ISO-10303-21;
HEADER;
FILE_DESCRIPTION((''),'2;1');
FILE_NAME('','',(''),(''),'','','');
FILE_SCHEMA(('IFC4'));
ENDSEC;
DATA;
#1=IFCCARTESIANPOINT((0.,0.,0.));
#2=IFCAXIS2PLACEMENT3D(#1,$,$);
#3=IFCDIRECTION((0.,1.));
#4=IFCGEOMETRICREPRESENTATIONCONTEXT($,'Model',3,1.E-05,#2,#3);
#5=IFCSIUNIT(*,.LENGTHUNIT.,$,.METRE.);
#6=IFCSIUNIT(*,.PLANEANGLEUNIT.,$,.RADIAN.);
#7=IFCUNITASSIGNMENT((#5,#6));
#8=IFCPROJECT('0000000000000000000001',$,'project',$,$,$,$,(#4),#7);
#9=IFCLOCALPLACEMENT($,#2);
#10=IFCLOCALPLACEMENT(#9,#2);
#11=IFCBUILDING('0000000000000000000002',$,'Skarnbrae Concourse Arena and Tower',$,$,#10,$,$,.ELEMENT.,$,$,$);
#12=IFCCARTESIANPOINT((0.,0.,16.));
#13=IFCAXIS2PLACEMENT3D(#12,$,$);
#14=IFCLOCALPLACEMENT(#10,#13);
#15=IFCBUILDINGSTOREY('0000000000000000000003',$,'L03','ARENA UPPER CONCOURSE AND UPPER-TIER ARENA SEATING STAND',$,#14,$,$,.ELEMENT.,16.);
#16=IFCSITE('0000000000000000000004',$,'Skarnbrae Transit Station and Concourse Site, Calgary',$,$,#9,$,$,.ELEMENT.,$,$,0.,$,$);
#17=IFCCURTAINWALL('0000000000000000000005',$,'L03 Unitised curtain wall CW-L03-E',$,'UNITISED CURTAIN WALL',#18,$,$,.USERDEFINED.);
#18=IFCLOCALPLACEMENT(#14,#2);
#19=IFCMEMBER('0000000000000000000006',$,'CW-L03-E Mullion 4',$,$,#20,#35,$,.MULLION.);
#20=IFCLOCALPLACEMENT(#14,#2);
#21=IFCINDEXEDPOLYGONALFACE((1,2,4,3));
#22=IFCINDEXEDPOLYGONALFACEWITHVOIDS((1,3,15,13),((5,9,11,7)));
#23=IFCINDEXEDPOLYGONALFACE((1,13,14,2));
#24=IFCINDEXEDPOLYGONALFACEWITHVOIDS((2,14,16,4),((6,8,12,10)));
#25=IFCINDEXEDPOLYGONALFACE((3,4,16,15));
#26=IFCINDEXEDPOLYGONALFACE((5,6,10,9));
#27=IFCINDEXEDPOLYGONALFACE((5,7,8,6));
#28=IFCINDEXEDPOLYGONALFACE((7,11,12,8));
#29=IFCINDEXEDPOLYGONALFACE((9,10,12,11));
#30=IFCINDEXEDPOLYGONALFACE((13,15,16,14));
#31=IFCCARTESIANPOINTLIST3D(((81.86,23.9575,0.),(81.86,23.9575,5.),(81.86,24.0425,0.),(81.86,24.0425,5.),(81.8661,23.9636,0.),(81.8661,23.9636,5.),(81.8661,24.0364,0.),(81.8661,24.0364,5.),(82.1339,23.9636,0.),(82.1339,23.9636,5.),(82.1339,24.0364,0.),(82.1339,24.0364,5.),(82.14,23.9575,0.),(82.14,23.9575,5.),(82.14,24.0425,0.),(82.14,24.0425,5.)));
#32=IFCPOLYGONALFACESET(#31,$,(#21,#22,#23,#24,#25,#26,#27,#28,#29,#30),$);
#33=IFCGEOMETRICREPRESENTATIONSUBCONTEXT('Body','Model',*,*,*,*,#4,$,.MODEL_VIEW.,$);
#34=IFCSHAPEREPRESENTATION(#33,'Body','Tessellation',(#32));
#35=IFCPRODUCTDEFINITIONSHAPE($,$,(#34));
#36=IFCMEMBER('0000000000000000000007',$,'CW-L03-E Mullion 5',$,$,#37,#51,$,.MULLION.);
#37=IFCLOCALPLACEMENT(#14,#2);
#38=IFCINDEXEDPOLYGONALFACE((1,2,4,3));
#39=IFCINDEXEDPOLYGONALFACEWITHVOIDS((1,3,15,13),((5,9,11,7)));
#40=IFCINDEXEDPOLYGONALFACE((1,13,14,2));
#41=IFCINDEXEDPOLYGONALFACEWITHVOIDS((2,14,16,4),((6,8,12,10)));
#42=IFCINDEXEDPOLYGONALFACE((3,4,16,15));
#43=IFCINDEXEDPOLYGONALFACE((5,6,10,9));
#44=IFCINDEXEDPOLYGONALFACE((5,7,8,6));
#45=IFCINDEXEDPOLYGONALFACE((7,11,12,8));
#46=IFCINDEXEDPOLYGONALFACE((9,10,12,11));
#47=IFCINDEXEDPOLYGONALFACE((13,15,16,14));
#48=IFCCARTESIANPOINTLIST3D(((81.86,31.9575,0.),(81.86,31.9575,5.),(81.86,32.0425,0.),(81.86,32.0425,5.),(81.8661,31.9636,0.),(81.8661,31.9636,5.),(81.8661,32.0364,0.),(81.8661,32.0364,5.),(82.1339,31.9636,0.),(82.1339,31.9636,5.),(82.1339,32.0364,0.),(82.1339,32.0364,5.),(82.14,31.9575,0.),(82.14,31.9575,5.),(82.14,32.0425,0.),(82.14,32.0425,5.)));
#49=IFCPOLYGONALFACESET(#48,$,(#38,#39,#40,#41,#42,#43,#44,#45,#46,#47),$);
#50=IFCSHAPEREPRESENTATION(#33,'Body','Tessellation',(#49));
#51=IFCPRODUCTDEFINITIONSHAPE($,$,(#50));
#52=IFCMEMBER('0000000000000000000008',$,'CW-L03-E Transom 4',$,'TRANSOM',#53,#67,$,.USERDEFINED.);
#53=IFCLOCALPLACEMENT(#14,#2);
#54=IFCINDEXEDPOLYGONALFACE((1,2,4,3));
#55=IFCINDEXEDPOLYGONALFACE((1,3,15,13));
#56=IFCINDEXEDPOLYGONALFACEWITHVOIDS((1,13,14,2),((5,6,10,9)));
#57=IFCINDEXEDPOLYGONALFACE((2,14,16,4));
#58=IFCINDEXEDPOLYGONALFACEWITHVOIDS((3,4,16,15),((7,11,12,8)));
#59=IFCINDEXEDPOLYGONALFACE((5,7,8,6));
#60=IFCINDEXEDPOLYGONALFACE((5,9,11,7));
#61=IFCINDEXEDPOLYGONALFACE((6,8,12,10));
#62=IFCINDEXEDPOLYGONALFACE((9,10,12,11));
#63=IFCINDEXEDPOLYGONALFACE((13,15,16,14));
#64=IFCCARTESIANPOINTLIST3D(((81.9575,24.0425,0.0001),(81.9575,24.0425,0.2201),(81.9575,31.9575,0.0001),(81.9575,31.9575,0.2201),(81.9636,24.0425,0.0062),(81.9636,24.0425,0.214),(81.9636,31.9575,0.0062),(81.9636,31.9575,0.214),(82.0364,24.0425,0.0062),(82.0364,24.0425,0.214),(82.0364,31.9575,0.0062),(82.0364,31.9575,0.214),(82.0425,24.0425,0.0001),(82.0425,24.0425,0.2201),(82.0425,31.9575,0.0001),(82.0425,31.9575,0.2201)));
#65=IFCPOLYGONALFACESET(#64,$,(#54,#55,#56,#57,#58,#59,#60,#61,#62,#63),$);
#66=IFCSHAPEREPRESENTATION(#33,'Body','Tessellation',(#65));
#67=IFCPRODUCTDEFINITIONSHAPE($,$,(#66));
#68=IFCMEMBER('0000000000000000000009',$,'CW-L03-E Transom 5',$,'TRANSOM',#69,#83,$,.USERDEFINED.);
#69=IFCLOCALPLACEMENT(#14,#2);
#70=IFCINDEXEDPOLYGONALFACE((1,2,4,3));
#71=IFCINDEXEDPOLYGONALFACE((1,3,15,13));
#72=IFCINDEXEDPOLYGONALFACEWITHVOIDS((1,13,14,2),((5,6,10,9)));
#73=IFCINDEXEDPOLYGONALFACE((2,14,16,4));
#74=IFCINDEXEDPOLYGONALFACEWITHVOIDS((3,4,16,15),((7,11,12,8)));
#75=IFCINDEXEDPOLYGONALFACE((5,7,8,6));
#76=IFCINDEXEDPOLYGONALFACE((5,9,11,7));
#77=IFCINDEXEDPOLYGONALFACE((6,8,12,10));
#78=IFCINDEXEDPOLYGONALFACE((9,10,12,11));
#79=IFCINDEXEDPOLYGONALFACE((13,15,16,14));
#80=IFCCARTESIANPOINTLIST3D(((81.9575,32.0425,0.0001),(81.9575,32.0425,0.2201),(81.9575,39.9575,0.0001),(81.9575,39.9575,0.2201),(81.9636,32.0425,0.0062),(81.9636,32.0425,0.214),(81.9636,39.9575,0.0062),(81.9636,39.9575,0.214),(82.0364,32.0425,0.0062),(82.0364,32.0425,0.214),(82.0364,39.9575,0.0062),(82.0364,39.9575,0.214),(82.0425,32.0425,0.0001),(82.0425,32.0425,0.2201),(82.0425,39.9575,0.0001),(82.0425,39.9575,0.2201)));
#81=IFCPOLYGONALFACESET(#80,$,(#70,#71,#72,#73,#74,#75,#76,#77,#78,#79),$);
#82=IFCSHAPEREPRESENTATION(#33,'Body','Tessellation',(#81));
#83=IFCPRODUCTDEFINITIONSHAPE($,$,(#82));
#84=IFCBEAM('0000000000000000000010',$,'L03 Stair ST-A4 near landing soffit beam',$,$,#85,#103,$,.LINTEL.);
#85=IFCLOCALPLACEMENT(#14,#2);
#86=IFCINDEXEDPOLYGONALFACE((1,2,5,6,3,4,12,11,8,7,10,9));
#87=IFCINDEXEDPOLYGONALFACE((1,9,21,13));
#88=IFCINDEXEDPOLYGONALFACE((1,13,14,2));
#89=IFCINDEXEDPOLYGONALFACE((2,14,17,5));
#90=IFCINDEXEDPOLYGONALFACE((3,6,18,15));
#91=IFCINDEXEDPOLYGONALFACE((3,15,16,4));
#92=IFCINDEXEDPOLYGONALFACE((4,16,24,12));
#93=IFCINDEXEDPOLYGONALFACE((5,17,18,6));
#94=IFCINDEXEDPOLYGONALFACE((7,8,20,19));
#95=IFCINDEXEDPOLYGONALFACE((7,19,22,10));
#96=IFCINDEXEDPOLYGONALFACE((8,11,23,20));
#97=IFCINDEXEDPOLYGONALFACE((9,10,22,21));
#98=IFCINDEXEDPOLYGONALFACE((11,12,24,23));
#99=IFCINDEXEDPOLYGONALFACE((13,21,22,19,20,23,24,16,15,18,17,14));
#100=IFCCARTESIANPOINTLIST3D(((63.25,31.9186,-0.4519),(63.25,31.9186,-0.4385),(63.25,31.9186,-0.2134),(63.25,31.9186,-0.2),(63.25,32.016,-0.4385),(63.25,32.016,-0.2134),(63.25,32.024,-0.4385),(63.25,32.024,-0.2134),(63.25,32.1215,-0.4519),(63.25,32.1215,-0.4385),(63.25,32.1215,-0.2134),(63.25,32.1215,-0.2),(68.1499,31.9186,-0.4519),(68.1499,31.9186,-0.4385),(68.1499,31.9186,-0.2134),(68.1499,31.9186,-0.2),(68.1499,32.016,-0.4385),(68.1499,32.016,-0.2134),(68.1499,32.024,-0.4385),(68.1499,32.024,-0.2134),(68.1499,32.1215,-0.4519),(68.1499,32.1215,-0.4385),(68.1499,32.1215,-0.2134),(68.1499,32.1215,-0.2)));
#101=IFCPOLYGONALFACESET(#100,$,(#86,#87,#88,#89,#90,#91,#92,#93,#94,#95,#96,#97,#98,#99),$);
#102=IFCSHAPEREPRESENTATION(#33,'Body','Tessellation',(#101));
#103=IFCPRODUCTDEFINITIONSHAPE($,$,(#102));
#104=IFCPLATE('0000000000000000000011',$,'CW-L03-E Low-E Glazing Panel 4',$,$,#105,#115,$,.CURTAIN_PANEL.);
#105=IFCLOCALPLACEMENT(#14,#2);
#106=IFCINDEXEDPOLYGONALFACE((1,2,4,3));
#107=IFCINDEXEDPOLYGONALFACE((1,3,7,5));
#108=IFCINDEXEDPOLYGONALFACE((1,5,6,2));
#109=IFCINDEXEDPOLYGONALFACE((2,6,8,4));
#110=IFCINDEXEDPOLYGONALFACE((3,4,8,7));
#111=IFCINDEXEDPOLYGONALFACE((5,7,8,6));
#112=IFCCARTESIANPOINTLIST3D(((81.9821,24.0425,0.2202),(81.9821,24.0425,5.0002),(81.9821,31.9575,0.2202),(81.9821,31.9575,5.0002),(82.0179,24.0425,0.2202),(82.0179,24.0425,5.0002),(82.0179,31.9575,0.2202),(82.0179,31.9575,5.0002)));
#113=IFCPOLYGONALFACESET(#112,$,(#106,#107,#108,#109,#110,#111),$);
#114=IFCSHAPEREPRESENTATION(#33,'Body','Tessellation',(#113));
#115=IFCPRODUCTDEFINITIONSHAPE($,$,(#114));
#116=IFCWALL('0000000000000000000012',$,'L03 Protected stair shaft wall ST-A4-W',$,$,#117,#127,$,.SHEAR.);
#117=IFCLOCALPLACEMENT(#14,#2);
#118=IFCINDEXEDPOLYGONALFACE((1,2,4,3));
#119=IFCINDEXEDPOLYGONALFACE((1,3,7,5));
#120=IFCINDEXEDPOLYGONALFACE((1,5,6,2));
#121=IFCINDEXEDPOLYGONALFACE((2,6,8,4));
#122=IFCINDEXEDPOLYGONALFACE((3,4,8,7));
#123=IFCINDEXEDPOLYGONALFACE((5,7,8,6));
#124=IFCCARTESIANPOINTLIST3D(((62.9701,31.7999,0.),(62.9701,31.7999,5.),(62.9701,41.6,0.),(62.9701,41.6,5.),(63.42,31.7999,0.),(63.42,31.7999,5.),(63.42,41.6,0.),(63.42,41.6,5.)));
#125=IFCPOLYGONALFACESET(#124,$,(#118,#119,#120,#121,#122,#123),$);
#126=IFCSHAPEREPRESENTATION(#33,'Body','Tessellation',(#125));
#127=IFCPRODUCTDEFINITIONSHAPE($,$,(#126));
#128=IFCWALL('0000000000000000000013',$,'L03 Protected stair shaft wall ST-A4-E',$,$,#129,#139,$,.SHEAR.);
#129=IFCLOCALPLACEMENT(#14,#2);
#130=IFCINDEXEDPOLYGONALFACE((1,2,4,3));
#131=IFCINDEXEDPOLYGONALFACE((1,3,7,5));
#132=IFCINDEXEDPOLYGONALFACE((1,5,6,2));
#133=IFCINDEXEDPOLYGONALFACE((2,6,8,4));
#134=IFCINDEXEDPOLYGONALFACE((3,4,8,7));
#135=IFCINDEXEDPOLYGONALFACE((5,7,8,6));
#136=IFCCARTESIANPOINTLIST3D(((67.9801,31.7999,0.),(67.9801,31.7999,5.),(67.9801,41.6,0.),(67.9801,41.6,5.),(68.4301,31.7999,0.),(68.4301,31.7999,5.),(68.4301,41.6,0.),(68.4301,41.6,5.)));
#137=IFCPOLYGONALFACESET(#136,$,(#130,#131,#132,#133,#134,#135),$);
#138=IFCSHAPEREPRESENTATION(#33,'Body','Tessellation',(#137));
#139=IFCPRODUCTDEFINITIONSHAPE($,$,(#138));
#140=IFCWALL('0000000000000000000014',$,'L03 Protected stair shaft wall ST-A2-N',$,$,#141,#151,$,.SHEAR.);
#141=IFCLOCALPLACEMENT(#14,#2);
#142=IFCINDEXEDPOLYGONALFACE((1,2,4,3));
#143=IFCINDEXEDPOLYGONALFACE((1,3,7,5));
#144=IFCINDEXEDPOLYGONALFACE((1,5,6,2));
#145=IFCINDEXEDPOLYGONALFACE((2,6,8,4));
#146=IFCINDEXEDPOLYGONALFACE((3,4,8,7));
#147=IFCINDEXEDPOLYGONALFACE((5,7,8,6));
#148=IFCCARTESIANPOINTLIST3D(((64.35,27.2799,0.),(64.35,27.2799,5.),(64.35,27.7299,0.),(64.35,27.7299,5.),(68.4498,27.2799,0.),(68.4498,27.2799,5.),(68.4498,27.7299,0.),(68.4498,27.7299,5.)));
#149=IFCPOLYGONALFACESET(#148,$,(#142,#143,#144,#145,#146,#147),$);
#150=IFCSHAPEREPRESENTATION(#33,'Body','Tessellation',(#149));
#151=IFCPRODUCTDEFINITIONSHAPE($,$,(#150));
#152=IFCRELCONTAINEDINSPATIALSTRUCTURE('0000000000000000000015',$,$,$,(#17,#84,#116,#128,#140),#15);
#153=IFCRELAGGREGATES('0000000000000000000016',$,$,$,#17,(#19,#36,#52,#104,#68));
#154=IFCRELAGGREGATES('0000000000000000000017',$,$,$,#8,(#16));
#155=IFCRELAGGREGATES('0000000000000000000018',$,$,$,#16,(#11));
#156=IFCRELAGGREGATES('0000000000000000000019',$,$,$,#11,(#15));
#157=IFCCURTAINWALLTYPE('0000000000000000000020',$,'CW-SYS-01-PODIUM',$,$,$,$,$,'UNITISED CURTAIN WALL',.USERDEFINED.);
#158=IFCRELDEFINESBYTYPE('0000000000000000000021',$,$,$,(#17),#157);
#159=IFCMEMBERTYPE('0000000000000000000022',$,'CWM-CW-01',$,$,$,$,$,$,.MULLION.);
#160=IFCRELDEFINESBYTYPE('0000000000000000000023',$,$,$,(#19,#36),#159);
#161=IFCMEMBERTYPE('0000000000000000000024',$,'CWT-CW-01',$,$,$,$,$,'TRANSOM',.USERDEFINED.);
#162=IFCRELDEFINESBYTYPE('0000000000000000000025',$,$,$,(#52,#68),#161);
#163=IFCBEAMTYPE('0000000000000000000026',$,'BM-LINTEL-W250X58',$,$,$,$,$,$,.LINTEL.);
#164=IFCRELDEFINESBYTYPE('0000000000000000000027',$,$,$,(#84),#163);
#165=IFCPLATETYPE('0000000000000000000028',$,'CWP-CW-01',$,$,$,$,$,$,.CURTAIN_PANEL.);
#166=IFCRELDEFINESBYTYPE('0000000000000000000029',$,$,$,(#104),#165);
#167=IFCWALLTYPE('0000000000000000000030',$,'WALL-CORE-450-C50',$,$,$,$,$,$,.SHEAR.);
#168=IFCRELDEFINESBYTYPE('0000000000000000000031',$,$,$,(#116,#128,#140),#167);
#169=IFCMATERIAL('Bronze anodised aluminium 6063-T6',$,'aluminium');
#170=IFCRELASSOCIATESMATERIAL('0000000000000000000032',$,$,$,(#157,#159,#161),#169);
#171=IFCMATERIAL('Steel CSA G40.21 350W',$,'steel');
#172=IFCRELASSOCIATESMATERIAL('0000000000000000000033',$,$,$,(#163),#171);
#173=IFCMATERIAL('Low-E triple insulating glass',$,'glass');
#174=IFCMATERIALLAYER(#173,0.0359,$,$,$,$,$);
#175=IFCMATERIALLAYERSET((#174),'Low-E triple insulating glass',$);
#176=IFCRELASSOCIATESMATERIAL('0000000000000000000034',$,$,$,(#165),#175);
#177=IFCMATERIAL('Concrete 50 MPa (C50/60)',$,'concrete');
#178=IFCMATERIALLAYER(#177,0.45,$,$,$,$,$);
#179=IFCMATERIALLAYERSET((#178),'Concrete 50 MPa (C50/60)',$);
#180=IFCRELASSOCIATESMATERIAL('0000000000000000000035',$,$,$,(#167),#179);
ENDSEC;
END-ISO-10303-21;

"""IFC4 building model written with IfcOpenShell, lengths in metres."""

from ifc_helpers import new_model, si_unit, direction, frame, frame_2d, origin, origin_2d, place, context, subcontext, project, spatial, rectangle, hollow_rectangle, i_section, extrude, source, transform, mapped, material, layer, layer_set, material_profile, profile_set, type_object, element, aggregate, save


model = new_model("IFC4")

# Units and contexts
model_context = context("Model", 3, precision=1e-05, world=origin(), true_north=direction((0.0, 1.0)))
body_context = subcontext(model_context, "Body", "Model", "MODEL_VIEW")
ifc_project = project(units=[si_unit("LENGTHUNIT", "METRE"), si_unit("PLANEANGLEUNIT", "RADIAN")], contexts=[model_context])

# Site, building, storey
site_placement = place(None, origin())
site = spatial("IfcSite", under=ifc_project, at=site_placement, Name="Skarnbrae Transit Station and Concourse Site, Calgary", CompositionType="ELEMENT", RefElevation=0.0)
building_placement = place(site_placement, origin())
building = spatial("IfcBuilding", under=site, at=building_placement, Name="Skarnbrae Concourse Arena and Tower", CompositionType="ELEMENT")
storey_placement = place(building_placement, frame((0.0, 0.0, 16.0)))
storey = spatial("IfcBuildingStorey", under=building, at=storey_placement, Name="L03", Description="ARENA UPPER CONCOURSE AND UPPER-TIER ARENA SEATING STAND", CompositionType="ELEMENT", Elevation=16.0)

# Shared definitions
ifc_material_1 = material(Name="Steel CSA G40.21 350W", Category="steel")

# Curtain wall, members
ifc_material_2 = material(Name="Bronze anodised aluminium 6063-T6", Category="aluminium")
curtain_wall_type = type_object("IfcCurtainWallType", Name="CW-SYS-01-PODIUM", ElementType="UNITISED CURTAIN WALL", PredefinedType="USERDEFINED", material=ifc_material_2)
curtain_wall_placement = place(storey_placement, origin())
curtain_wall = element("IfcCurtainWall", 1, at=curtain_wall_placement, inside=storey, type_object=curtain_wall_type, Name="L03 Unitised curtain wall CW-L03-E", ObjectType="UNITISED CURTAIN WALL", PredefinedType="USERDEFINED")
ifc_material_profile_1 = material_profile(ifc_material_2, hollow_rectangle(XDim=0.085, YDim=0.28, WallThickness=0.0061, at=origin_2d()), Name="ALU-MULL-85X280")
ifc_profile_set_1 = profile_set([ifc_material_profile_1], Name="Bronze anodised aluminium 6063-T6")
member_type_1 = type_object("IfcMemberType", Name="CWM-CW-01", PredefinedType="MULLION", material=ifc_profile_set_1)
shared_shape_1 = source(origin(), body_context, "Body", "SweptSolid", [
    extrude(hollow_rectangle(XDim=0.085, YDim=0.28, WallThickness=0.0061, at=origin_2d()), origin(), (0.0, 0.0, 1.0), 5.0),
])
member_1_placement = place(storey_placement, frame((82.0, 24.0, 0.0), z_axis=(0.0, 0.0, 1.0), x_axis=(0.0, 1.0, 0.0)))
member_1 = element("IfcMember", 2, at=member_1_placement, type_object=member_type_1, Name="CW-L03-E Mullion 4", PredefinedType="MULLION", context=body_context, shape_type="MappedRepresentation", body=[
    mapped(shared_shape_1, transform((0.0, 0.0, 0.0))),
])
member_2_placement = place(storey_placement, frame((82.0, 32.0, 0.0), z_axis=(0.0, 0.0, 1.0), x_axis=(0.0, 1.0, 0.0)))
member_2 = element("IfcMember", 3, at=member_2_placement, type_object=member_type_1, Name="CW-L03-E Mullion 5", PredefinedType="MULLION", context=body_context, shape_type="MappedRepresentation", body=[
    mapped(shared_shape_1, transform((0.0, 0.0, 0.0))),
])
ifc_material_profile_2 = material_profile(ifc_material_2, hollow_rectangle(XDim=0.085, YDim=0.22, WallThickness=0.0061, at=origin_2d()), Name="ALU-TRAN-85X220")
ifc_profile_set_2 = profile_set([ifc_material_profile_2], Name="Bronze anodised aluminium 6063-T6")
member_type_2 = type_object("IfcMemberType", Name="CWT-CW-01", ElementType="TRANSOM", PredefinedType="USERDEFINED", material=ifc_profile_set_2)
shared_shape_2 = source(origin(), body_context, "Body", "SweptSolid", [
    extrude(hollow_rectangle(XDim=0.085, YDim=0.22, WallThickness=0.0061, at=origin_2d()), origin(), (0.0, 0.0, 1.0), 7.915),
])
member_3_placement = place(storey_placement, frame((82.0, 24.0425, 0.1101), z_axis=(0.0, 1.0, 0.0), x_axis=(-1.0, 0.0, 0.0)))
member_3 = element("IfcMember", 4, at=member_3_placement, type_object=member_type_2, Name="CW-L03-E Transom 4", ObjectType="TRANSOM", PredefinedType="USERDEFINED", context=body_context, shape_type="MappedRepresentation", body=[
    mapped(shared_shape_2, transform((0.0, 0.0, 0.0))),
])
member_4_placement = place(storey_placement, frame((82.0, 32.0425, 0.1101), z_axis=(0.0, 1.0, 0.0), x_axis=(-1.0, 0.0, 0.0)))
member_4 = element("IfcMember", 5, at=member_4_placement, type_object=member_type_2, Name="CW-L03-E Transom 5", ObjectType="TRANSOM", PredefinedType="USERDEFINED", context=body_context, shape_type="MappedRepresentation", body=[
    mapped(shared_shape_2, transform((0.0, 0.0, 0.0))),
])

# Beam
ifc_material_profile_3 = material_profile(ifc_material_1, i_section(OverallWidth=0.2029, OverallDepth=0.252, WebThickness=0.0081, FlangeThickness=0.0134, at=origin_2d()), Name="W250X58")
ifc_profile_set_3 = profile_set([ifc_material_profile_3], Name="Steel CSA G40.21 350W")
beam_type_1 = type_object("IfcBeamType", Name="BM-LINTEL-W250X58", PredefinedType="LINTEL", material=ifc_profile_set_3)
shared_shape_3 = source(origin(), body_context, "Body", "SweptSolid", [
    extrude(i_section(OverallWidth=0.2029, OverallDepth=0.252, WebThickness=0.0081, FlangeThickness=0.0134, at=origin_2d()), origin(), (0.0, 0.0, 1.0), 4.8999),
])
beam_1_placement = place(storey_placement, frame((68.1499, 32.02, -0.3259), z_axis=(-1.0, 0.0, 0.0), x_axis=(0.0, -1.0, 0.0)))
element("IfcBeam", 6, at=beam_1_placement, inside=storey, type_object=beam_type_1, Name="L03 Stair ST-A4 near landing soffit beam", PredefinedType="LINTEL", context=body_context, shape_type="MappedRepresentation", body=[
    mapped(shared_shape_3, transform((0.0, 0.0, 0.0))),
])

# Plate
ifc_material_3 = material(Name="Low-E triple insulating glass", Category="glass")
ifc_layer_1 = layer(ifc_material_3, 0.0359)
ifc_layer_set_1 = layer_set([ifc_layer_1], Name="Low-E triple insulating glass")
plate_type = type_object("IfcPlateType", Name="CWP-CW-01", PredefinedType="CURTAIN_PANEL", material=ifc_layer_set_1)
shared_shape_4 = source(origin(), body_context, "Body", "SweptSolid", [
    extrude(rectangle(XDim=7.915, YDim=0.0359, at=origin_2d()), origin(), (0.0, 0.0, 1.0), 4.78),
])
plate_placement = place(storey_placement, frame((82.0, 28.0, 0.2202), z_axis=(0.0, 0.0, 1.0), x_axis=(0.0, 1.0, 0.0)))
plate = element("IfcPlate", 7, at=plate_placement, type_object=plate_type, Name="CW-L03-E Low-E Glazing Panel 4", PredefinedType="CURTAIN_PANEL", context=body_context, shape_type="MappedRepresentation", body=[
    mapped(shared_shape_4, transform((0.0, 0.0, 0.0))),
])
aggregate(curtain_wall, [member_1, member_2, member_3, plate, member_4])

# Walls
ifc_material_4 = material(Name="Concrete 50 MPa (C50/60)", Category="concrete")
ifc_layer_2 = layer(ifc_material_4, 0.45)
ifc_layer_set_2 = layer_set([ifc_layer_2], Name="Concrete 50 MPa (C50/60)")
wall_type = type_object("IfcWallType", Name="WALL-CORE-450-C50", PredefinedType="SHEAR", material=ifc_layer_set_2)
shared_shape_5 = source(origin(), body_context, "Body", "SweptSolid", [
    extrude(rectangle(XDim=9.8, YDim=0.45, at=frame_2d((4.8999, 0.0))), origin(), (0.0, 0.0, 1.0), 5.0),
])
for number, where, z_axis, x_axis, name in (
    (8, (63.1951, 31.8, 0.0), (0.0, 0.0, 1.0), (0.0, 1.0, 0.0), "L03 Protected stair shaft wall ST-A4-W"),
    (9, (68.2051, 31.8, 0.0), (0.0, 0.0, 1.0), (0.0, 1.0, 0.0), "L03 Protected stair shaft wall ST-A4-E"),
):
    element("IfcWall", number, at=place(storey_placement, frame(where, z_axis=z_axis, x_axis=x_axis)), inside=storey, type_object=wall_type, Name=name, PredefinedType="SHEAR", context=body_context, shape_type="MappedRepresentation", body=[
        mapped(shared_shape_5, transform((0.0, 0.0, 0.0))),
    ])
shared_shape_6 = source(origin(), body_context, "Body", "SweptSolid", [
    extrude(rectangle(XDim=4.0999, YDim=0.45, at=frame_2d((2.0498, 0.0))), origin(), (0.0, 0.0, 1.0), 5.0),
])
wall_1_placement = place(storey_placement, frame((64.3501, 27.5049, 0.0), z_axis=(0.0, 0.0, 1.0), x_axis=(1.0, 0.0, 0.0)))
element("IfcWall", 10, at=wall_1_placement, inside=storey, type_object=wall_type, Name="L03 Protected stair shaft wall ST-A2-N", PredefinedType="SHEAR", context=body_context, shape_type="MappedRepresentation", body=[
    mapped(shared_shape_6, transform((0.0, 0.0, 0.0))),
])

save(model, "model.ifc")
